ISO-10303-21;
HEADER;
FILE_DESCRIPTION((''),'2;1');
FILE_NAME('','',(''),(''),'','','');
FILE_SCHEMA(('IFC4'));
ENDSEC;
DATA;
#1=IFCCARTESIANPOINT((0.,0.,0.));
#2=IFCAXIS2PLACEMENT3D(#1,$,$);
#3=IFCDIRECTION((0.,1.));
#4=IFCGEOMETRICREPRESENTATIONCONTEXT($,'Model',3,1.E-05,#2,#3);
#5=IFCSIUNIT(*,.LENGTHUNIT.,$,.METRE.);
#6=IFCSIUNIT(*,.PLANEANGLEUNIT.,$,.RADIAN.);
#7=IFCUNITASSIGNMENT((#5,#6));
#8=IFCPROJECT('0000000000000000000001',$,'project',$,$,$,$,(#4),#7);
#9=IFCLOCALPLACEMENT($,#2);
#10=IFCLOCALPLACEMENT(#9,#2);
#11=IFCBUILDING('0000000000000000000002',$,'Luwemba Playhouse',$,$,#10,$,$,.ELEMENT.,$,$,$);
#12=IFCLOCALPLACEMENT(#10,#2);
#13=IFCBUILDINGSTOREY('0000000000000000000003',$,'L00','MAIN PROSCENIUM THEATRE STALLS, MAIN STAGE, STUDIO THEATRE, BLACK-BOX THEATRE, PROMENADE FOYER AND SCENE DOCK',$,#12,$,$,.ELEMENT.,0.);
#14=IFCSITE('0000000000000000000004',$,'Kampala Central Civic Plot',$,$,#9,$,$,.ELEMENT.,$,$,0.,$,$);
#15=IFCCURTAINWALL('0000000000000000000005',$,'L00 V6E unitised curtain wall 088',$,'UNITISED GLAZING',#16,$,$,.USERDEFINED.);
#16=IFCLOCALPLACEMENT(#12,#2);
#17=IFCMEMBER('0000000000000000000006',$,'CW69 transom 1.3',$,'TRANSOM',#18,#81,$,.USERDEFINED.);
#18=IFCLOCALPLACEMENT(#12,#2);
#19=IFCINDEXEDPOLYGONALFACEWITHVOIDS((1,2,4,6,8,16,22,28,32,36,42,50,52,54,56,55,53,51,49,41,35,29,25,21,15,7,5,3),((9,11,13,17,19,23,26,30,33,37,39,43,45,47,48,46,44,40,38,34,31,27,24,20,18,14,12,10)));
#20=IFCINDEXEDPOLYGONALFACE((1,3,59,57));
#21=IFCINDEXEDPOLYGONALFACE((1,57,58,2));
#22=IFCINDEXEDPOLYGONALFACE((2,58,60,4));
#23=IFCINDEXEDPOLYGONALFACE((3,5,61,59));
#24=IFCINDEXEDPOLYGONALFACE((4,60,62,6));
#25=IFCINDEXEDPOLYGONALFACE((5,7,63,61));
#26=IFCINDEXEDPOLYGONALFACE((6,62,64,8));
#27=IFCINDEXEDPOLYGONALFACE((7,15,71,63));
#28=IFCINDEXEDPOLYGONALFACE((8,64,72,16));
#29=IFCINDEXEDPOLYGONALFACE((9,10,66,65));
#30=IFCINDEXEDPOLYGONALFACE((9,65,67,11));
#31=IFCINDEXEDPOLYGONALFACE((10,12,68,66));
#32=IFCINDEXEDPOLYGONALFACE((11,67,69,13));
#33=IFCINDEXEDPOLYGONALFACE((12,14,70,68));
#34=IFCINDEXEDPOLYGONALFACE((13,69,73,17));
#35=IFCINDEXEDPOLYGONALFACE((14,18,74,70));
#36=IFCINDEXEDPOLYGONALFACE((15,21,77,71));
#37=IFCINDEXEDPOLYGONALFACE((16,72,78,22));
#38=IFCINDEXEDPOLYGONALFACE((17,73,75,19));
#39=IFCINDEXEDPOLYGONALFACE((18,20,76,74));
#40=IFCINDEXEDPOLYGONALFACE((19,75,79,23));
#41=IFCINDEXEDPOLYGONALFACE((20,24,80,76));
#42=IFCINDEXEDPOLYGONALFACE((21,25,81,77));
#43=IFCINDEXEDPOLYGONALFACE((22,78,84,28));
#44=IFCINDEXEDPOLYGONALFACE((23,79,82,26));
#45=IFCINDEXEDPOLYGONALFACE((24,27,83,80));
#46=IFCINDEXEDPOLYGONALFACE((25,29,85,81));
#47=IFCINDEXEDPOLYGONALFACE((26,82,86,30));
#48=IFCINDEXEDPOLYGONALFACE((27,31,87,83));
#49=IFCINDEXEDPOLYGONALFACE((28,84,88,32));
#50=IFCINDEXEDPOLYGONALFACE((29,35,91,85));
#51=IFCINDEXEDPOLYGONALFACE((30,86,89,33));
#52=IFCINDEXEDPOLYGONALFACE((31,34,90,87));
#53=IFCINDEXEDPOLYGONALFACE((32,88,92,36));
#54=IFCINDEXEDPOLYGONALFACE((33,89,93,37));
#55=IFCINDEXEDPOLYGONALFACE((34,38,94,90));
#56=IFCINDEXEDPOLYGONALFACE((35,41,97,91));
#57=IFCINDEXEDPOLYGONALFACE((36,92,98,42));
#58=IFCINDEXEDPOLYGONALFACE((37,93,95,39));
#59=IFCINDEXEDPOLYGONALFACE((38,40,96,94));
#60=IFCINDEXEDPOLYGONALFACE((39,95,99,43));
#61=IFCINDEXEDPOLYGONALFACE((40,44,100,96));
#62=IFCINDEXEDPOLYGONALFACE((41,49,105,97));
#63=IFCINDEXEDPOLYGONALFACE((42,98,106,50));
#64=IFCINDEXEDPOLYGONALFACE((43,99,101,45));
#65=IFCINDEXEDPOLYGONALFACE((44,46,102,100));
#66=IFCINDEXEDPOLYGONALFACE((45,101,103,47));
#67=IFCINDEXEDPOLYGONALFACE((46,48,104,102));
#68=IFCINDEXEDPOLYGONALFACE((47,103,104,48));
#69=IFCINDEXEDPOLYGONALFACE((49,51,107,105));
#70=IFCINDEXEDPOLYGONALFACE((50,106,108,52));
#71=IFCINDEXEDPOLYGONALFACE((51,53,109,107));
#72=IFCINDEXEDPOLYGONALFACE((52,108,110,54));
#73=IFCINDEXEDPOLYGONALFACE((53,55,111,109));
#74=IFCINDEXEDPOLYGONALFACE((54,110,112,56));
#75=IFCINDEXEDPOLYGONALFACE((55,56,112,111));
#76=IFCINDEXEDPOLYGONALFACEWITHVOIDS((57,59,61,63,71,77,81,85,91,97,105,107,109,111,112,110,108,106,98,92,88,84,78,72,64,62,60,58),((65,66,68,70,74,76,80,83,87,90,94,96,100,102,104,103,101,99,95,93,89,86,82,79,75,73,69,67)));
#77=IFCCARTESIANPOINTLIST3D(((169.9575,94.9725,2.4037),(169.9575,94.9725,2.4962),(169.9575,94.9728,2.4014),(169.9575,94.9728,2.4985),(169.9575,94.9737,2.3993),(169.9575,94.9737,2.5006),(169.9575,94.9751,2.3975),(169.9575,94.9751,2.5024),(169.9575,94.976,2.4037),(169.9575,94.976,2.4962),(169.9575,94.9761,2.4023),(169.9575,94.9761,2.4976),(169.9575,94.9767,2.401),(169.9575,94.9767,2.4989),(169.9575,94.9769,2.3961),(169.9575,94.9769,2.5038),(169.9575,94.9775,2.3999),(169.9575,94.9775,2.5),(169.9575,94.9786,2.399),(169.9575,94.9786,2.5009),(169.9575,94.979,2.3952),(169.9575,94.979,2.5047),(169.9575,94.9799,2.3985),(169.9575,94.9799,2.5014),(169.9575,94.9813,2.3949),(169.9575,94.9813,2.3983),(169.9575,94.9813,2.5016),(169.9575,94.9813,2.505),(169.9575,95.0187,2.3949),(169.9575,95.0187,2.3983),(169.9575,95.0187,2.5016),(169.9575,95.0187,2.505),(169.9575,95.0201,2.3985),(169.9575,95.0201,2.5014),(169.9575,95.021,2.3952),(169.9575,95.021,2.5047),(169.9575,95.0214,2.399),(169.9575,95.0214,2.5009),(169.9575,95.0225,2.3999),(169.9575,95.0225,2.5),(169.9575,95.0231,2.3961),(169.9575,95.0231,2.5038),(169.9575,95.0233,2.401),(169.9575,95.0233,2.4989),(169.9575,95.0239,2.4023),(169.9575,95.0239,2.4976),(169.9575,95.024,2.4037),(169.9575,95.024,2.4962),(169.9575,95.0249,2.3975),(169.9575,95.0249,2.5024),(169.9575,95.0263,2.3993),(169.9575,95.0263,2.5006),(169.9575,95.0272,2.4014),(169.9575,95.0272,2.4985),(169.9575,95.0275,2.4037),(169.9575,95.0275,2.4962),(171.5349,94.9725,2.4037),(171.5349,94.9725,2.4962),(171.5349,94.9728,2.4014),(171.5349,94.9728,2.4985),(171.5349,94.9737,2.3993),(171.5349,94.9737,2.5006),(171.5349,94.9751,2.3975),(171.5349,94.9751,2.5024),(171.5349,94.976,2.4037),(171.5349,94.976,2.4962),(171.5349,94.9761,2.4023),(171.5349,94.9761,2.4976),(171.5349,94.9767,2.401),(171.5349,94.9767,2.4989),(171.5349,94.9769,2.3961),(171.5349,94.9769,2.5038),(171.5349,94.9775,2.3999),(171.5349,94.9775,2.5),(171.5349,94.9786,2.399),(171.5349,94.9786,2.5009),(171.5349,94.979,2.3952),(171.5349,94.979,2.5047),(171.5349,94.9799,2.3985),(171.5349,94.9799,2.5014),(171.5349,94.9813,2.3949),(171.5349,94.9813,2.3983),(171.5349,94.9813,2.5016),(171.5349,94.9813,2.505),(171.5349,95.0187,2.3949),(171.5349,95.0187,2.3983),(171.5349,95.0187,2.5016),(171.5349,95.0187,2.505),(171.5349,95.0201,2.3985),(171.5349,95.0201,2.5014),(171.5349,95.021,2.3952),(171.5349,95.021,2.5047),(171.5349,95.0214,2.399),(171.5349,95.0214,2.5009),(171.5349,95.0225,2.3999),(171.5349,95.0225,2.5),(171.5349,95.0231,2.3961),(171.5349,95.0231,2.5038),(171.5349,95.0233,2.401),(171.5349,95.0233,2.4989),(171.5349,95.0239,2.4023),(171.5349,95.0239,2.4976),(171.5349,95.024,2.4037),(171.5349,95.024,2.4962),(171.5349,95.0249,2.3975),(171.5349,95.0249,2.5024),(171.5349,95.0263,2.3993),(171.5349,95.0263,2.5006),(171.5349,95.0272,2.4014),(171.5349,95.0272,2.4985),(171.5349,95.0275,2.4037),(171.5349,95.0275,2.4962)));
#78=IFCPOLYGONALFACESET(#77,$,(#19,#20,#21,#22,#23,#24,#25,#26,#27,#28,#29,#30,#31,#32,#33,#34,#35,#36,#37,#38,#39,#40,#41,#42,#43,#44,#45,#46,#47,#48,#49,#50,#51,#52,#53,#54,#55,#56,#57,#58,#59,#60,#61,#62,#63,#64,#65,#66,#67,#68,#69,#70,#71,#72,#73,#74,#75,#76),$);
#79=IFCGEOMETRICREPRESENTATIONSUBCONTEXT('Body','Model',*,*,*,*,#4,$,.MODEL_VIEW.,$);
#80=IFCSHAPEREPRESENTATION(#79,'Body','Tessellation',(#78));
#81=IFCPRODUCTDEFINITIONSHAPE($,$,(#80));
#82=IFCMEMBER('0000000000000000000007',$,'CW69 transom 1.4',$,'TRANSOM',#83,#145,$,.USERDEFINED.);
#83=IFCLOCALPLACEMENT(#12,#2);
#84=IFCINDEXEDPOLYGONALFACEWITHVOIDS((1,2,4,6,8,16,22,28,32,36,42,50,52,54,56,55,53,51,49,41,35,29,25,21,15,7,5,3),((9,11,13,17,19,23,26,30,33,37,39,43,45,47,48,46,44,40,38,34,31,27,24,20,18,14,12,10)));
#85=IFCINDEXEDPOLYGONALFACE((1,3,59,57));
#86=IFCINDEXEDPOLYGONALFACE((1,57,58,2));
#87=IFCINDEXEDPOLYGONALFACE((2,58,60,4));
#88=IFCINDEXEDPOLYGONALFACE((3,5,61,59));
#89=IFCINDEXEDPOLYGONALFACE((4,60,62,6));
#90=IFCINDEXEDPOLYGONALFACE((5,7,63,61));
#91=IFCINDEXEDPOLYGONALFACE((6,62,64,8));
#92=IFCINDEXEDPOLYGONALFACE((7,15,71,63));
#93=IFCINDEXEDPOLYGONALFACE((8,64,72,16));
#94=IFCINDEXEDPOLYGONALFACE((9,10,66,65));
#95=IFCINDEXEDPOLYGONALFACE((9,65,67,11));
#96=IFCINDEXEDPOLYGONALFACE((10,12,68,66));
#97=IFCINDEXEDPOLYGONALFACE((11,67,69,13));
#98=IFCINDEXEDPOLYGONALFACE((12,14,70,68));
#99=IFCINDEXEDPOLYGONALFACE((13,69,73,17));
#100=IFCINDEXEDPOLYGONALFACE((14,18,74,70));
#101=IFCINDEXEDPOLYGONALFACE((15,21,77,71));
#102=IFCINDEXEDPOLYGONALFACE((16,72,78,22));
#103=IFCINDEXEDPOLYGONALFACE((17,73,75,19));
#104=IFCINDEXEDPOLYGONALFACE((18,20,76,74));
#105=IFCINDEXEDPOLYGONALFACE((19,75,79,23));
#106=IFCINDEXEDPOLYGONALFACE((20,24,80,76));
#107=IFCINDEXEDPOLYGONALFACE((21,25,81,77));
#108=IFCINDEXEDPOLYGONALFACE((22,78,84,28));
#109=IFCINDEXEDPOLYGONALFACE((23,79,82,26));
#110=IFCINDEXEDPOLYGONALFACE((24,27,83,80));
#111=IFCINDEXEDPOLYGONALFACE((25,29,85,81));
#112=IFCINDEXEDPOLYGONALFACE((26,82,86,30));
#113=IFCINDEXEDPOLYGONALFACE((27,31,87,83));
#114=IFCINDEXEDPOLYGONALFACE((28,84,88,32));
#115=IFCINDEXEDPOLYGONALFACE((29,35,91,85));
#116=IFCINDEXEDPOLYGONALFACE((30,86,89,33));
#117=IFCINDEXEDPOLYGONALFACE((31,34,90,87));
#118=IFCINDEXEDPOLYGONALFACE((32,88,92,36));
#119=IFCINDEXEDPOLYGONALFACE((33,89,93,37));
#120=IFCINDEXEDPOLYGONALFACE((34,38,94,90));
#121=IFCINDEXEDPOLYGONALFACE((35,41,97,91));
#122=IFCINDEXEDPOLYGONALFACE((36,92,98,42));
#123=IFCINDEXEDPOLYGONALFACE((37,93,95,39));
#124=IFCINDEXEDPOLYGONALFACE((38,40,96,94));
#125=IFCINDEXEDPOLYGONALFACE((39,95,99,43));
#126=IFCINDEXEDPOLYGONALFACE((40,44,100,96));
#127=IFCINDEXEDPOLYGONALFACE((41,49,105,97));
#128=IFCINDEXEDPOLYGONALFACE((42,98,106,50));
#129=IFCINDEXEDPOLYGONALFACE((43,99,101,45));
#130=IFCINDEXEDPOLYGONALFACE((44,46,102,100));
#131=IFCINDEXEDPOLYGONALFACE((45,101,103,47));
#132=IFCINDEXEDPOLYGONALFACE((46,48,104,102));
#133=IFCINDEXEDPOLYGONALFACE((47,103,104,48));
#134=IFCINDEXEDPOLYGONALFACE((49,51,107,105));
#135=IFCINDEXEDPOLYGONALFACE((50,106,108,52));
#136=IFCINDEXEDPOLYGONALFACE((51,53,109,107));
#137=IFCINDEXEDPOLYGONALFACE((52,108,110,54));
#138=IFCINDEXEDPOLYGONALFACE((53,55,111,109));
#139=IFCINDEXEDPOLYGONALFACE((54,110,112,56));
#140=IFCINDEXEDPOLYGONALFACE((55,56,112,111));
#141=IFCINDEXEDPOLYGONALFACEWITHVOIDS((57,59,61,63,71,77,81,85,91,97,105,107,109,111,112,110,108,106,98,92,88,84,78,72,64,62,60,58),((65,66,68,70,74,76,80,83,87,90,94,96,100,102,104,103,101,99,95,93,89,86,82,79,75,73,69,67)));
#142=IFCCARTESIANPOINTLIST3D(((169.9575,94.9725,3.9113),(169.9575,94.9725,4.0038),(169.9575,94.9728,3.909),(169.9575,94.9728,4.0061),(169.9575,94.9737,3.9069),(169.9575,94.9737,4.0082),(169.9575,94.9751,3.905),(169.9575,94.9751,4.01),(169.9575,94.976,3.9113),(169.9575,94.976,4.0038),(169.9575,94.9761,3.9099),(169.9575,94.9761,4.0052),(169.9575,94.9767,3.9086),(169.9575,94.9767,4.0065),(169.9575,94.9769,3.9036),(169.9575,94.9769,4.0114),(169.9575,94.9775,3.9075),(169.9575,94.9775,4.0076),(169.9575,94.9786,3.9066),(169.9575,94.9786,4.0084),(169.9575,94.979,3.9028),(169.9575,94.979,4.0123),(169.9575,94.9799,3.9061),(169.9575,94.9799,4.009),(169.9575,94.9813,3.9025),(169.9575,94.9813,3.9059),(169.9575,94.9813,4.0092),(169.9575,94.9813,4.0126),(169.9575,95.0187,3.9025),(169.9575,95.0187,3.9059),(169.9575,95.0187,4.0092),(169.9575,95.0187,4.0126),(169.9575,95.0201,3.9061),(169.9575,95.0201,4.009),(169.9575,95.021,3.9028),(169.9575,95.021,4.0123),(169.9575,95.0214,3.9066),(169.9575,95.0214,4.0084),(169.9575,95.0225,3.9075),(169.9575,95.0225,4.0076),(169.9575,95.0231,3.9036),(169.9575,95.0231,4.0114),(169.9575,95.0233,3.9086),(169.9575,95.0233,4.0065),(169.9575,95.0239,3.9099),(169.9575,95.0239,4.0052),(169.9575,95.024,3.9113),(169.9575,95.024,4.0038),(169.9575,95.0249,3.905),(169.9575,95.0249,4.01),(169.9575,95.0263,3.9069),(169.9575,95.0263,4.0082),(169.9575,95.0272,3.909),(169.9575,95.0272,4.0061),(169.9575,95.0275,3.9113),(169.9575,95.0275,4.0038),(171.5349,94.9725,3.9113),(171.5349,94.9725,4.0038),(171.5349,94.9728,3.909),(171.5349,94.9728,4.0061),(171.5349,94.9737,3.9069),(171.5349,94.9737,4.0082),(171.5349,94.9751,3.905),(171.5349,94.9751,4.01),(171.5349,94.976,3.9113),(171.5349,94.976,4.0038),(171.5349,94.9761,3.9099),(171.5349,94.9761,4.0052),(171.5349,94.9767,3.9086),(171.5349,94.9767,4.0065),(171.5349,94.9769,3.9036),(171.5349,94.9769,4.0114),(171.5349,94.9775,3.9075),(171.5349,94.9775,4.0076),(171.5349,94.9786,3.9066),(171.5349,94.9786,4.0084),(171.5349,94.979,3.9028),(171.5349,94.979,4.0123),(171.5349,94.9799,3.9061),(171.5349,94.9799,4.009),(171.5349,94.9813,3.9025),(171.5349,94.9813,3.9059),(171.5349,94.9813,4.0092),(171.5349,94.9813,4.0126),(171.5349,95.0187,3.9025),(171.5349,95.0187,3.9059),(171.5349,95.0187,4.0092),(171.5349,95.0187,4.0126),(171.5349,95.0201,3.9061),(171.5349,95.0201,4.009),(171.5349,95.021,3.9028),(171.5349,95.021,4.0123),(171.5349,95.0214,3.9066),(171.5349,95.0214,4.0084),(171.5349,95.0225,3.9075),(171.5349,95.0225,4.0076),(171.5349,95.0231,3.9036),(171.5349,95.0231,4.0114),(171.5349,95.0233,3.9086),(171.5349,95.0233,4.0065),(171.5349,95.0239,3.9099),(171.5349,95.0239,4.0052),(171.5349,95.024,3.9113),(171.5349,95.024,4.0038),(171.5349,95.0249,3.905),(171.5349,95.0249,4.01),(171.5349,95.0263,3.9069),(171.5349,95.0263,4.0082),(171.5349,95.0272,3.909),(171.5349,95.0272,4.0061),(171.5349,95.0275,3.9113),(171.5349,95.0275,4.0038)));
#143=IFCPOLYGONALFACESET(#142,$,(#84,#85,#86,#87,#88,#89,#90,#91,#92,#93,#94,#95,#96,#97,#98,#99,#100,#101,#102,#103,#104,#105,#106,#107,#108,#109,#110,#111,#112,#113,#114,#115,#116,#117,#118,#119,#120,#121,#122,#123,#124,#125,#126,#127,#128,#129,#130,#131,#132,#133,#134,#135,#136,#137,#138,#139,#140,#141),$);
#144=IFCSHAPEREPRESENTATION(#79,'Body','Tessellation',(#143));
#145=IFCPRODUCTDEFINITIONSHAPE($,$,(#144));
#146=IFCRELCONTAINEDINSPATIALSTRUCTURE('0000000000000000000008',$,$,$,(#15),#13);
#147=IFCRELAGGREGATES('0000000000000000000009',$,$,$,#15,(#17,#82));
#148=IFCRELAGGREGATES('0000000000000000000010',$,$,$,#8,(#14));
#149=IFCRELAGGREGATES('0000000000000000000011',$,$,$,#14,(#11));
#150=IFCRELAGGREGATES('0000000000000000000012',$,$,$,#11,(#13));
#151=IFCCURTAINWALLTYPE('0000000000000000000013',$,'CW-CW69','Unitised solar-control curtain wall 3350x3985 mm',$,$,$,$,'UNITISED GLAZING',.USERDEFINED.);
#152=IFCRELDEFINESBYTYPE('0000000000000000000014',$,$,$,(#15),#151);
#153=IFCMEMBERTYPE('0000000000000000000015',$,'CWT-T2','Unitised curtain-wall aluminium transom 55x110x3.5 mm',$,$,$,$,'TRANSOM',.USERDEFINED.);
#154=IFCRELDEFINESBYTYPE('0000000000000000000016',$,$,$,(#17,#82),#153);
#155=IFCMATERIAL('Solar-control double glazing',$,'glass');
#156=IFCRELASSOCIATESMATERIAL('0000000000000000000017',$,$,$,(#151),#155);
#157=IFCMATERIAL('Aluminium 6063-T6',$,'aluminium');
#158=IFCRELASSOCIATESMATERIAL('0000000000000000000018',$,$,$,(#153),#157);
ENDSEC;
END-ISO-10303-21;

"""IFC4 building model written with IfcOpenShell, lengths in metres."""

from ifc_helpers import new_model, si_unit, direction, frame, origin, origin_2d, place, context, subcontext, project, spatial, hollow_rectangle, extrude, material, material_profile, profile_set, type_object, element, aggregate, save


model = new_model("IFC4")

# Units and contexts
model_context = context("Model", 3, precision=1e-05, world=origin(), true_north=direction((0.0, 1.0)))
body_context = subcontext(model_context, "Body", "Model", "MODEL_VIEW")
ifc_project = project(units=[si_unit("LENGTHUNIT", "METRE"), si_unit("PLANEANGLEUNIT", "RADIAN")], contexts=[model_context])

# Site, building, storey
site_placement = place(None, origin())
site = spatial("IfcSite", under=ifc_project, at=site_placement, Name="Kampala Central Civic Plot", CompositionType="ELEMENT", RefElevation=0.0)
building_placement = place(site_placement, origin())
building = spatial("IfcBuilding", under=site, at=building_placement, Name="Luwemba Playhouse", CompositionType="ELEMENT")
storey_placement = place(building_placement, origin())
storey = spatial("IfcBuildingStorey", under=building, at=storey_placement, Name="L00", Description="MAIN PROSCENIUM THEATRE STALLS, MAIN STAGE, STUDIO THEATRE, BLACK-BOX THEATRE, PROMENADE FOYER AND SCENE DOCK", CompositionType="ELEMENT", Elevation=0.0)

# Curtain wall, members
ifc_material_1 = material(Name="Solar-control double glazing", Category="glass")
curtain_wall_type = type_object("IfcCurtainWallType", Name="CW-CW69", Description="Unitised solar-control curtain wall 3350x3985 mm", ElementType="UNITISED GLAZING", PredefinedType="USERDEFINED", material=ifc_material_1)
curtain_wall_placement = place(storey_placement, origin())
curtain_wall = element("IfcCurtainWall", 1, at=curtain_wall_placement, inside=storey, type_object=curtain_wall_type, Name="L00 V6E unitised curtain wall 088", ObjectType="UNITISED GLAZING", PredefinedType="USERDEFINED")
ifc_material_2 = material(Name="Aluminium 6063-T6", Category="aluminium")
ifc_material_profile_1 = material_profile(ifc_material_2, hollow_rectangle(XDim=0.0549, YDim=0.1101, WallThickness=0.0034, InnerFilletRadius=0.0054, OuterFilletRadius=0.0088, at=origin_2d()))
ifc_profile_set_1 = profile_set([ifc_material_profile_1], Name="Aluminium 6063-T6")
member_type_1 = type_object("IfcMemberType", Name="CWT-T2", Description="Unitised curtain-wall aluminium transom 55x110x3.5 mm", ElementType="TRANSOM", PredefinedType="USERDEFINED", material=ifc_profile_set_1)
member_1_placement = place(storey_placement, frame((171.5349, 95.0, 2.45), z_axis=(-1.0, 0.0, 0.0), x_axis=(0.0, -1.0, 0.0)))
member_1 = element("IfcMember", 2, at=member_1_placement, type_object=member_type_1, Name="CW69 transom 1.3", ObjectType="TRANSOM", PredefinedType="USERDEFINED", context=body_context, shape_type="SweptSolid", body=[
    extrude(hollow_rectangle(XDim=0.0549, YDim=0.1101, WallThickness=0.0034, InnerFilletRadius=0.0054, OuterFilletRadius=0.0088, at=origin_2d()), origin(), (0.0, 0.0, 1.0), 1.5774),
])
member_2_placement = place(storey_placement, frame((171.5349, 95.0, 3.9575), z_axis=(-1.0, 0.0, 0.0), x_axis=(0.0, -1.0, 0.0)))
member_2 = element("IfcMember", 3, at=member_2_placement, type_object=member_type_1, Name="CW69 transom 1.4", ObjectType="TRANSOM", PredefinedType="USERDEFINED", context=body_context, shape_type="SweptSolid", body=[
    extrude(hollow_rectangle(XDim=0.0549, YDim=0.1101, WallThickness=0.0034, InnerFilletRadius=0.0054, OuterFilletRadius=0.0088, at=origin_2d()), origin(), (0.0, 0.0, 1.0), 1.5774),
])
aggregate(curtain_wall, [member_1, member_2])

save(model, "model.ifc")
